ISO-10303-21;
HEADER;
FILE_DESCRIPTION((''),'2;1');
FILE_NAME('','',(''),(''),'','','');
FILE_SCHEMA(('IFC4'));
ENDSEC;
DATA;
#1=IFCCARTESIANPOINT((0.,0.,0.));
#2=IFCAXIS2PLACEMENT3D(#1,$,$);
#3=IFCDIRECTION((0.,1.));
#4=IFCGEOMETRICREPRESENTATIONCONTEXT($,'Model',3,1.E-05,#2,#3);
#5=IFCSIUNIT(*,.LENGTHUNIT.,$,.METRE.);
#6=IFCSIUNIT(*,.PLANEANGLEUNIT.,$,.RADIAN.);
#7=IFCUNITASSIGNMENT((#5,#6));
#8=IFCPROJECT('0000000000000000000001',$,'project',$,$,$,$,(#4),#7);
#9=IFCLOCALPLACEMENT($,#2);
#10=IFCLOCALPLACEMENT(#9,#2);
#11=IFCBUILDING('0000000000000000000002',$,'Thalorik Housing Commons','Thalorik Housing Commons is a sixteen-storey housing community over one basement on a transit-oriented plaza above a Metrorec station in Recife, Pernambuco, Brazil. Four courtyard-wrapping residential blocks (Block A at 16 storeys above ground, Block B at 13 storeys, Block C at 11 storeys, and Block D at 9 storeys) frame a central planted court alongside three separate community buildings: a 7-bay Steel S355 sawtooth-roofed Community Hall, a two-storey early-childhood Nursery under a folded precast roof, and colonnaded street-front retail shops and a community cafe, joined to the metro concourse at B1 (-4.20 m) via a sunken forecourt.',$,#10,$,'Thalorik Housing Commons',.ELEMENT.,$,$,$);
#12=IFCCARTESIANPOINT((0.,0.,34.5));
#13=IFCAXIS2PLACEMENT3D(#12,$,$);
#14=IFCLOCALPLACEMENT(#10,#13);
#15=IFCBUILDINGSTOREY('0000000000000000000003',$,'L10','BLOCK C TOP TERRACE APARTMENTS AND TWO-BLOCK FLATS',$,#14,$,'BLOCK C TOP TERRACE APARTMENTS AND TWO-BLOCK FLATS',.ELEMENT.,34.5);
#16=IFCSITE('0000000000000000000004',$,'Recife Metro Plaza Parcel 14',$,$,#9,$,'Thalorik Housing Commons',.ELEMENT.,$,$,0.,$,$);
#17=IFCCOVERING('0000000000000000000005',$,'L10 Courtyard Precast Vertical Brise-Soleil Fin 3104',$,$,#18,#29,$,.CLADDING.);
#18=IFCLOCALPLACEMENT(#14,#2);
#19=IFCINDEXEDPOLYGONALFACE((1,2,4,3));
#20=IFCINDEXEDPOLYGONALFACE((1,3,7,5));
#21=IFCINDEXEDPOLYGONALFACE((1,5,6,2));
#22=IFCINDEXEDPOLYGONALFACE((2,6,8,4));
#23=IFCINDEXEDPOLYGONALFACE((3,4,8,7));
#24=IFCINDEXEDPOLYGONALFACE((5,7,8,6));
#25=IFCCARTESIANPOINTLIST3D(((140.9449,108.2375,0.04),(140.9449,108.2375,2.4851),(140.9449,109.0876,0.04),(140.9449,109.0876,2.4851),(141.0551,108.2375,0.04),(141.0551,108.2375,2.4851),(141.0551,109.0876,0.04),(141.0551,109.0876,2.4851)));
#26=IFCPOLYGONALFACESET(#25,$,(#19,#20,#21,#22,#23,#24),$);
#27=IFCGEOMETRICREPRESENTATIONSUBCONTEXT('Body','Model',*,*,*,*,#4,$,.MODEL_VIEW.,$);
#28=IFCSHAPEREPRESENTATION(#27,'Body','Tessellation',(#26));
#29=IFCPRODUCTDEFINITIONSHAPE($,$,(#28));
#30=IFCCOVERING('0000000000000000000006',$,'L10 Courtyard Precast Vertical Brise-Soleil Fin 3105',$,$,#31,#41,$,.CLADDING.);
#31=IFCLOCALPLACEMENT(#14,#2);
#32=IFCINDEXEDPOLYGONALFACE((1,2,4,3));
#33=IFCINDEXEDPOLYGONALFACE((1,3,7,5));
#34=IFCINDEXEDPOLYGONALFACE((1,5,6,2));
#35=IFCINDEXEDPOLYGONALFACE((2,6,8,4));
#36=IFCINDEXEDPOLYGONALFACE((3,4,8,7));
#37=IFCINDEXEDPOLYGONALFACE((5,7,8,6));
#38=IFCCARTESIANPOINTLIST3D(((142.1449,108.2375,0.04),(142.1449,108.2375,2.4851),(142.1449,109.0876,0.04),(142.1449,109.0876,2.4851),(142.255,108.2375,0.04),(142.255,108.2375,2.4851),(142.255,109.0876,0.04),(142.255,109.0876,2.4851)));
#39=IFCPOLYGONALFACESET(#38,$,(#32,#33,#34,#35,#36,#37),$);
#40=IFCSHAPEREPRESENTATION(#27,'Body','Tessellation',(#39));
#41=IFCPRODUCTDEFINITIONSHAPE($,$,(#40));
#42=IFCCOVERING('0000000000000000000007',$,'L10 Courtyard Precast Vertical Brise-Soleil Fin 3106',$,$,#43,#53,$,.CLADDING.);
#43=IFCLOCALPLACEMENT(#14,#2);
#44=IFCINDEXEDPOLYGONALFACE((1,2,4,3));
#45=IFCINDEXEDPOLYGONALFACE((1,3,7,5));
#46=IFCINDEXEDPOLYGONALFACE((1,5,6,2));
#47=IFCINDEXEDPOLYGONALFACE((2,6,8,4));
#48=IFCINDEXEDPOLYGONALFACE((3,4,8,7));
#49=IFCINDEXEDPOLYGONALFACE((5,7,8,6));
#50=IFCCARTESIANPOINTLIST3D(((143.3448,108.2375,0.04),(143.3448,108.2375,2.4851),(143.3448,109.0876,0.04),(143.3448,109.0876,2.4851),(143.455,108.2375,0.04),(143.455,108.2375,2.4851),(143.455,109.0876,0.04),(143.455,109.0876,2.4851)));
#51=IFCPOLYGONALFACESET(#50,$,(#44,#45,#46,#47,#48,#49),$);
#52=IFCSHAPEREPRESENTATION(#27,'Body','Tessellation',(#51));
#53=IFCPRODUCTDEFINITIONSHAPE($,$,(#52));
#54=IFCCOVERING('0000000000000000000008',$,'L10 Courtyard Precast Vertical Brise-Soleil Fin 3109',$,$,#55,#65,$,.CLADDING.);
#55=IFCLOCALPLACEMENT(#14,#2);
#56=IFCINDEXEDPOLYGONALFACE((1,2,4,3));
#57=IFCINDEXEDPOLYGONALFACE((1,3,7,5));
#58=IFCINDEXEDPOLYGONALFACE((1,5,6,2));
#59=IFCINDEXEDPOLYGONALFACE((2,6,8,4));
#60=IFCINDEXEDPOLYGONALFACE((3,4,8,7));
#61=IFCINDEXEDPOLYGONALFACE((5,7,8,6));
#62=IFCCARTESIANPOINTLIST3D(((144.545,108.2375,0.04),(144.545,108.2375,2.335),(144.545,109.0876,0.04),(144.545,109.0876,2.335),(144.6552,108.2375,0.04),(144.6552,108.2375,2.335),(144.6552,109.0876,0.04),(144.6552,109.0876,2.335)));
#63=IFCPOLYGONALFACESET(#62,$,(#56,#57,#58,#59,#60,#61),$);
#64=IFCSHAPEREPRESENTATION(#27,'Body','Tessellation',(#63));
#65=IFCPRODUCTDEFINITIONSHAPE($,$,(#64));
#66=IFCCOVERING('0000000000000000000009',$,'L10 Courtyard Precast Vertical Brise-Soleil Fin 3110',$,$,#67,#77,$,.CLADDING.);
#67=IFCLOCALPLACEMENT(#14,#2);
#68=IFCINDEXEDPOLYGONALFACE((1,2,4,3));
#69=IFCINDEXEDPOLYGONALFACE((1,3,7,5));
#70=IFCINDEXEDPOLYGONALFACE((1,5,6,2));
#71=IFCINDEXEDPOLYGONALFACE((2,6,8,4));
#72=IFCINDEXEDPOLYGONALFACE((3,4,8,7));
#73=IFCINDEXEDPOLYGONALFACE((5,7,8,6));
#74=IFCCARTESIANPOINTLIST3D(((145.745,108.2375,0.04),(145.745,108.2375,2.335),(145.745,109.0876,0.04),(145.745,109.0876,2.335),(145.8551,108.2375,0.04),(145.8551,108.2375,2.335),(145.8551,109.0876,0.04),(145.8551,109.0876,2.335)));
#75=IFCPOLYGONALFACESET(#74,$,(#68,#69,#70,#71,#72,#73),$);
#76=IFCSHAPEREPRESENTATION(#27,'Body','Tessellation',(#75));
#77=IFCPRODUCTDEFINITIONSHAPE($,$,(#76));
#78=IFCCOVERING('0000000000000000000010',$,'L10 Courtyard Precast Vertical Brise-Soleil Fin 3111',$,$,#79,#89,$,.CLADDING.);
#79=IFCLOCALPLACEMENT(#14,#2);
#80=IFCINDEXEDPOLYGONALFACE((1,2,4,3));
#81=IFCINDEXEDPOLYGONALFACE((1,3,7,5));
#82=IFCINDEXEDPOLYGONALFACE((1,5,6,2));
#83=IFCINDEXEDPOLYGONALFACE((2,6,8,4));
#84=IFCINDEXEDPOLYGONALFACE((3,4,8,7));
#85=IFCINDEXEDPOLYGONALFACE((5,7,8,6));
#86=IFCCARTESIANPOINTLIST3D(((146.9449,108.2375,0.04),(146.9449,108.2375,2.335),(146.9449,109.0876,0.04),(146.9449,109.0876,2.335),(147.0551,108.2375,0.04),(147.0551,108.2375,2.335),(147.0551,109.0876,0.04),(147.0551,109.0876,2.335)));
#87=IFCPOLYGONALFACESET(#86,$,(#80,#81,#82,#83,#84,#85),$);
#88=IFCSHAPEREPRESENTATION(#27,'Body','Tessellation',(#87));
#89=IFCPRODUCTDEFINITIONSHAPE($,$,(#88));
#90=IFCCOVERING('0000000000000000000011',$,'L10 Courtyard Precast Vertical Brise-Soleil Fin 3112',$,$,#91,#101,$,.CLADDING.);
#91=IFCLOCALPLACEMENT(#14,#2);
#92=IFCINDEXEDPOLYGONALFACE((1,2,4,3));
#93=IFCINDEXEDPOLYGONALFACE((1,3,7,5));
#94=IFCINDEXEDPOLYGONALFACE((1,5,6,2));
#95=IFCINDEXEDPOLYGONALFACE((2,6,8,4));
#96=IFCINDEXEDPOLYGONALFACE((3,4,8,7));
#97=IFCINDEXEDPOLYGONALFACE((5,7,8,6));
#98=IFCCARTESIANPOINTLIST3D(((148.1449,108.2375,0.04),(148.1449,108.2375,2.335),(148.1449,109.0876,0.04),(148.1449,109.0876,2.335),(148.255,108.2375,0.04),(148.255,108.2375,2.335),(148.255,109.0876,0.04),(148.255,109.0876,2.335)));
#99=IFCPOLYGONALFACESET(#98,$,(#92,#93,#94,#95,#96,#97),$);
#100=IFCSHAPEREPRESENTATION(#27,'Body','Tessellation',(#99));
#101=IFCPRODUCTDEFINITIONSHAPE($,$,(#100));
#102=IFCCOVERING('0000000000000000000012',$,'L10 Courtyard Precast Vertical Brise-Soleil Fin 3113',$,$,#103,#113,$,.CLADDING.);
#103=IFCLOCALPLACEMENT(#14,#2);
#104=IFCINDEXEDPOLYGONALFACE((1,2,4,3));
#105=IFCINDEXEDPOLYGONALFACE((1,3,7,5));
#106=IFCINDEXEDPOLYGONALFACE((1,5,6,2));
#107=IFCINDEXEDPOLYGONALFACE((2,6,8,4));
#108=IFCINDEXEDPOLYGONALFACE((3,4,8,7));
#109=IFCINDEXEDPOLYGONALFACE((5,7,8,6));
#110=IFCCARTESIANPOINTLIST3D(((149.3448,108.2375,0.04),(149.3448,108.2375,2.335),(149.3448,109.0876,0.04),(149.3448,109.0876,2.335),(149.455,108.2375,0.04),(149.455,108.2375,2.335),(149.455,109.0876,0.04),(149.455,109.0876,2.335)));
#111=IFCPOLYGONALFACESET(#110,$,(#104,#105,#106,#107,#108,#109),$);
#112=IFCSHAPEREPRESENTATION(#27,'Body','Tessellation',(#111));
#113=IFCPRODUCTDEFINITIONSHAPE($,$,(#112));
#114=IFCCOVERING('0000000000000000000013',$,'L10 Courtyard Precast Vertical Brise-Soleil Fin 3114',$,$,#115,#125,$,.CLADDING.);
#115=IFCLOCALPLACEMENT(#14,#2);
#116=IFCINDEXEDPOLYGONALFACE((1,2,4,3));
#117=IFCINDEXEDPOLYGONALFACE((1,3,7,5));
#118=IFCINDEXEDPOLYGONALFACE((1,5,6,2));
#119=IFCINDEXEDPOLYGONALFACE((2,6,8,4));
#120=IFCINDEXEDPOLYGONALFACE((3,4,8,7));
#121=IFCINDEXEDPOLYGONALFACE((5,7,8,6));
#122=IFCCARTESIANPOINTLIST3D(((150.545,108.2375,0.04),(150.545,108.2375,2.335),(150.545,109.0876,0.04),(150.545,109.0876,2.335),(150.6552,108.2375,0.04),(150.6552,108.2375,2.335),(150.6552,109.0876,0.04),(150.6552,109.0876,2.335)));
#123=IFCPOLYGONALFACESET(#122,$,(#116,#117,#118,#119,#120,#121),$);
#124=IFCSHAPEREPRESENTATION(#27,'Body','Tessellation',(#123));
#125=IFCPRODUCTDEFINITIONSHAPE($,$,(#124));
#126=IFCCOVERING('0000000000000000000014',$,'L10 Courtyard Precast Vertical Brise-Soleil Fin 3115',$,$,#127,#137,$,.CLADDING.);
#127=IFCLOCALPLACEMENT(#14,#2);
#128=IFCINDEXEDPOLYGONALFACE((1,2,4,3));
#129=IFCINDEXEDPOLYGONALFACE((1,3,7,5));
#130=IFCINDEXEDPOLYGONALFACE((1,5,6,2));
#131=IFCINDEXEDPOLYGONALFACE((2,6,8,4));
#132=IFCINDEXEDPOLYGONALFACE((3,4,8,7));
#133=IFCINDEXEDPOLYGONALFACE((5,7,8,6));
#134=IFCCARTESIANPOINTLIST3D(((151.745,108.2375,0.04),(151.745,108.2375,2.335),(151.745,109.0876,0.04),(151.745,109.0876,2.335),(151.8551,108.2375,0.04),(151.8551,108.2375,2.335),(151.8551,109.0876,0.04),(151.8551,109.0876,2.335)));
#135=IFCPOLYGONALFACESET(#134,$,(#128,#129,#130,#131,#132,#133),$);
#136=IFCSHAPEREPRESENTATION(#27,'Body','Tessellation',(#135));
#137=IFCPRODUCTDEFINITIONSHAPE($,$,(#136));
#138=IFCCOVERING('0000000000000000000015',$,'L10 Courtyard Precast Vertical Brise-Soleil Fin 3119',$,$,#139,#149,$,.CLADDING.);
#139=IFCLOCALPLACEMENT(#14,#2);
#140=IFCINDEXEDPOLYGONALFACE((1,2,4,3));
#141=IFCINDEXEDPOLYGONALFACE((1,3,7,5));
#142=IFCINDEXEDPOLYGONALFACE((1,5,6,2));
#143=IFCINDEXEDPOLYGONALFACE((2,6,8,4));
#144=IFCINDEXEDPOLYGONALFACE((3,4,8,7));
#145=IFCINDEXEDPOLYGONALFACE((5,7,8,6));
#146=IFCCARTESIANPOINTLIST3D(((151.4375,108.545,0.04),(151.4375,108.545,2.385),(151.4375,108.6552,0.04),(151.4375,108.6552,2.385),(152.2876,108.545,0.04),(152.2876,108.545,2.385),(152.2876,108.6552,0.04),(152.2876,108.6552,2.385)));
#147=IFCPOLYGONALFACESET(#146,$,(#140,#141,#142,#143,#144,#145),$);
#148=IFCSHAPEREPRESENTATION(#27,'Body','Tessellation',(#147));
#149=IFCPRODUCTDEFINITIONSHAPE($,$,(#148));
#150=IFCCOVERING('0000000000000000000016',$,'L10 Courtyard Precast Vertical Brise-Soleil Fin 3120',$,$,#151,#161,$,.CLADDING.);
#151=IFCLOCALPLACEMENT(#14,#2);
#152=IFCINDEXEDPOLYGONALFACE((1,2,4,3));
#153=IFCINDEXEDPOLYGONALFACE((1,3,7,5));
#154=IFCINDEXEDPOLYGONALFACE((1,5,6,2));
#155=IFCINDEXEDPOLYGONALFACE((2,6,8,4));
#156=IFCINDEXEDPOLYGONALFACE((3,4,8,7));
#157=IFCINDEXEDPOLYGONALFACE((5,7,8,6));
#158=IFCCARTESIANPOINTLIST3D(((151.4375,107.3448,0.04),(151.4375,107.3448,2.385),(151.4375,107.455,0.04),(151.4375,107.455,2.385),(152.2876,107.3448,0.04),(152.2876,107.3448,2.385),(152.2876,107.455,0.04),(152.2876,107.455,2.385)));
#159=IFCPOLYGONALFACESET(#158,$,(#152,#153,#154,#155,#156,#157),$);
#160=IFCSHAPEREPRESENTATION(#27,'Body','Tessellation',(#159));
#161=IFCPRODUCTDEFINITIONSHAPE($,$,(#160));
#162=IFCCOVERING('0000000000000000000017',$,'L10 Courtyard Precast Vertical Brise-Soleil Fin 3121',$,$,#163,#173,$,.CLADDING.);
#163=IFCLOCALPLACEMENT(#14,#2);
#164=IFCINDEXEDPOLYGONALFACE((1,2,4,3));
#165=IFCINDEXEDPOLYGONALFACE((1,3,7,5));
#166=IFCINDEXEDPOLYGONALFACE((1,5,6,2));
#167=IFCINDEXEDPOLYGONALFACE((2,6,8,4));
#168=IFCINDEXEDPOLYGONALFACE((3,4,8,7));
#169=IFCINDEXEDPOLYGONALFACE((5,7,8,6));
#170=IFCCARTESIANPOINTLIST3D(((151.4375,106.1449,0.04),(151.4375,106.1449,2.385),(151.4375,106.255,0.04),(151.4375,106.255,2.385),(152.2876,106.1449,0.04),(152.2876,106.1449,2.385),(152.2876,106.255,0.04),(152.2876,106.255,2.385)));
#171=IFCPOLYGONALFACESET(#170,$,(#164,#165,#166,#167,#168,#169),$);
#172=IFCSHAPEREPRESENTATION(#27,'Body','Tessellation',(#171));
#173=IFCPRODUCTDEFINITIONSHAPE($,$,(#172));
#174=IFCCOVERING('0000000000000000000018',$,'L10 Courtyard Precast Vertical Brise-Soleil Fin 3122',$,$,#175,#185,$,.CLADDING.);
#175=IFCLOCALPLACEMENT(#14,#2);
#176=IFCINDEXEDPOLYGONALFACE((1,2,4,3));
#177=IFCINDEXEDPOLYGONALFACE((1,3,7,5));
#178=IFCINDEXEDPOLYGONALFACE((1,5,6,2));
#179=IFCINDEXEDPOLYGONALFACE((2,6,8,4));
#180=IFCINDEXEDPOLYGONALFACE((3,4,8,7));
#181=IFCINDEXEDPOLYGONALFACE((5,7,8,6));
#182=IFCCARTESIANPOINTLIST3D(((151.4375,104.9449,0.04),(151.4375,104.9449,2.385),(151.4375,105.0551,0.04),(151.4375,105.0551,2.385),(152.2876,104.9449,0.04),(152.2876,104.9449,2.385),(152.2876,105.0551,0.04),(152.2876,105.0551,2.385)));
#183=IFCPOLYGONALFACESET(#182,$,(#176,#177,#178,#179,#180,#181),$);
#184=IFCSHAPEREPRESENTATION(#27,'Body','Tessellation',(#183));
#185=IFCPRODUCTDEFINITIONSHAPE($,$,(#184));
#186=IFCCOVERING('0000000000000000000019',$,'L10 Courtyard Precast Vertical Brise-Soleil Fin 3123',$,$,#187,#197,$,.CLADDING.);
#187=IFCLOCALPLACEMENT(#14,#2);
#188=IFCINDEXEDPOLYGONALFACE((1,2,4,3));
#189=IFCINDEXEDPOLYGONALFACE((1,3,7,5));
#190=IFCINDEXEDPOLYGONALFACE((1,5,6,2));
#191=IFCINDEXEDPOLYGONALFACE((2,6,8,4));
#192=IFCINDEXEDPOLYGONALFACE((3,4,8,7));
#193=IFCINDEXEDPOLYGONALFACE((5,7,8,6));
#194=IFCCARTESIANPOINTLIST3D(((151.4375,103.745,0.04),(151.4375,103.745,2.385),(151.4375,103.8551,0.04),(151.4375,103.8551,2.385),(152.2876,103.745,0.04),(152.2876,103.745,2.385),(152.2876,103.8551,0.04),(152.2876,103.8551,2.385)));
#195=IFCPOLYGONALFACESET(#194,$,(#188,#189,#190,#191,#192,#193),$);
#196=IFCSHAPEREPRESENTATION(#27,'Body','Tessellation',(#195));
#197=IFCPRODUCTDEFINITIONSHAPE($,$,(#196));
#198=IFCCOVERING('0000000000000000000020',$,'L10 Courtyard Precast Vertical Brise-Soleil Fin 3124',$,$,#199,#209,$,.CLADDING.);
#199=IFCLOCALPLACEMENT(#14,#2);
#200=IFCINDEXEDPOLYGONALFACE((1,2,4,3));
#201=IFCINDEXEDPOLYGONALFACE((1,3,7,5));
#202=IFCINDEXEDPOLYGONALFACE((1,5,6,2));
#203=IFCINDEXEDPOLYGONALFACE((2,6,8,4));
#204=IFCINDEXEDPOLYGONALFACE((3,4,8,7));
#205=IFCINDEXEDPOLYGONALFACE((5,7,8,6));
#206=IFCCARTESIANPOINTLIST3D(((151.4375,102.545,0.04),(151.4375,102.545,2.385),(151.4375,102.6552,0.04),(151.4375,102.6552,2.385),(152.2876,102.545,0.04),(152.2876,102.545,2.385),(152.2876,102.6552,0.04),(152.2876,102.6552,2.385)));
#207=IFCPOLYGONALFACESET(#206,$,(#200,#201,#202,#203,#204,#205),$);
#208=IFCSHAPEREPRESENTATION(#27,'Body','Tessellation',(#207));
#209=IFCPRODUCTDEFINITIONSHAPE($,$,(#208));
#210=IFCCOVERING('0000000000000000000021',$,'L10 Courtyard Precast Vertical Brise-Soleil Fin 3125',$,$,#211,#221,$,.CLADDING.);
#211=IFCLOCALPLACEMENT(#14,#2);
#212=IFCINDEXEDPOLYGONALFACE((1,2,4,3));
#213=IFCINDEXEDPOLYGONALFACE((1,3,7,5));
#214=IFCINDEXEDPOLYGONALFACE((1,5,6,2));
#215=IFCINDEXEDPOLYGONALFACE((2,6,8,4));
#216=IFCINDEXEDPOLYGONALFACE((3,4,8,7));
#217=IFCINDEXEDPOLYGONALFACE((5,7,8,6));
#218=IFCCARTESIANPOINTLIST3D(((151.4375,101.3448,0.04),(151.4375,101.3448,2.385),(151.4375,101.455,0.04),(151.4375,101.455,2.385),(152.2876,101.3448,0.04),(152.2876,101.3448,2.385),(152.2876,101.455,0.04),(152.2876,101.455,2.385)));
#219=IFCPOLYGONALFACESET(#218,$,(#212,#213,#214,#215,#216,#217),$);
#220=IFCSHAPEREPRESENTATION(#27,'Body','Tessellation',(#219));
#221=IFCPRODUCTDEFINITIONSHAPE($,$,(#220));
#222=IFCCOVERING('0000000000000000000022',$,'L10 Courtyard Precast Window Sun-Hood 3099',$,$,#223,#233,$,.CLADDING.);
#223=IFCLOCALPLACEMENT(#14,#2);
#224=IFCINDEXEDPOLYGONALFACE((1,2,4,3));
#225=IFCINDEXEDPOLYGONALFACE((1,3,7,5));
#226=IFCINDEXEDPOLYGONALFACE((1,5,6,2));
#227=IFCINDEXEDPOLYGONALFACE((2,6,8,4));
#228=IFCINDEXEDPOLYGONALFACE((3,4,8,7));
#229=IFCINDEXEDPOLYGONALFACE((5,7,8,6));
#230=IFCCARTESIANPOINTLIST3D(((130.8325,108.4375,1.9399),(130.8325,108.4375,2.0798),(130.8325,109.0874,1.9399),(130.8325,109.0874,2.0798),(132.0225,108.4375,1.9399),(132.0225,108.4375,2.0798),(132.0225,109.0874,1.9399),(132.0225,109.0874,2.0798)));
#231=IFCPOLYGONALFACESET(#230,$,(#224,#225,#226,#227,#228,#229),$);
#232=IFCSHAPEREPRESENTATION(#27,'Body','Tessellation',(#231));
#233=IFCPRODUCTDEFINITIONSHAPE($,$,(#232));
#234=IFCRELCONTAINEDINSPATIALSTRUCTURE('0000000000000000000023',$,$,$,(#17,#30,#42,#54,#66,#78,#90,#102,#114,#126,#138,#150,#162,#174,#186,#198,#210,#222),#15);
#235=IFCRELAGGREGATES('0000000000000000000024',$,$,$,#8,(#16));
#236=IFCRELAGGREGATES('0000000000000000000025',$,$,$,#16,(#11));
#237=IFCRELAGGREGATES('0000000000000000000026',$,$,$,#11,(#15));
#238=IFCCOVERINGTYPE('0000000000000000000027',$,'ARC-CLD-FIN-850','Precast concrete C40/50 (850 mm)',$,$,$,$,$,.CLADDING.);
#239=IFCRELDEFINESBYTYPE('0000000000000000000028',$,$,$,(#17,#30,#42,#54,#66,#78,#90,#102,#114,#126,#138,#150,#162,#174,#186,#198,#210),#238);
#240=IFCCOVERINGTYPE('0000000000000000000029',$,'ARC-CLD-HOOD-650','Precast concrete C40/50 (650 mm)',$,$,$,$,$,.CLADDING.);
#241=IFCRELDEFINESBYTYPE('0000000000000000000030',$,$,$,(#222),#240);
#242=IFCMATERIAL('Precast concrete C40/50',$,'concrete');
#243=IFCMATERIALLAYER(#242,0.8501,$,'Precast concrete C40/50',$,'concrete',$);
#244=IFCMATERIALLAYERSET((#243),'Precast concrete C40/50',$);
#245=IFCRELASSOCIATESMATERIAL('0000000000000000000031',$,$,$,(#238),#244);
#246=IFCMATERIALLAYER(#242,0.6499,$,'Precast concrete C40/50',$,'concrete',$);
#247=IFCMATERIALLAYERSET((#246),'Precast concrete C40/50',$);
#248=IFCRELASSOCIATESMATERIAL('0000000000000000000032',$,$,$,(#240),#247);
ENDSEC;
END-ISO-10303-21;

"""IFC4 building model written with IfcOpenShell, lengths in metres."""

from ifc_helpers import new_model, si_unit, direction, frame, origin, origin_2d, place, context, subcontext, project, spatial, rectangle, extrude, material, layer, layer_set, type_object, element, save


model = new_model("IFC4")

# Units and contexts
model_context = context("Model", 3, precision=1e-05, world=origin(), true_north=direction((0.0, 1.0)))
body_context = subcontext(model_context, "Body", "Model", "MODEL_VIEW")
ifc_project = project(units=[si_unit("LENGTHUNIT", "METRE"), si_unit("PLANEANGLEUNIT", "RADIAN")], contexts=[model_context])

# Site, building, storey
site_placement = place(None, origin())
site = spatial("IfcSite", under=ifc_project, at=site_placement, Name="Recife Metro Plaza Parcel 14", LongName="Thalorik Housing Commons", CompositionType="ELEMENT", RefElevation=0.0)
building_placement = place(site_placement, origin())
building = spatial("IfcBuilding", under=site, at=building_placement, Name="Thalorik Housing Commons", Description="Thalorik Housing Commons is a sixteen-storey housing community over one basement on a transit-oriented plaza above a Metrorec station in Recife, Pernambuco, Brazil. Four courtyard-wrapping residential blocks (Block A at 16 storeys above ground, Block B at 13 storeys, Block C at 11 storeys, and Block D at 9 storeys) frame a central planted court alongside three separate community buildings: a 7-bay Steel S355 sawtooth-roofed Community Hall, a two-storey early-childhood Nursery under a folded precast roof, and colonnaded street-front retail shops and a community cafe, joined to the metro concourse at B1 (-4.20 m) via a sunken forecourt.", LongName="Thalorik Housing Commons", CompositionType="ELEMENT")
storey_placement = place(building_placement, frame((0.0, 0.0, 34.5)))
storey = spatial("IfcBuildingStorey", under=building, at=storey_placement, Name="L10", Description="BLOCK C TOP TERRACE APARTMENTS AND TWO-BLOCK FLATS", LongName="BLOCK C TOP TERRACE APARTMENTS AND TWO-BLOCK FLATS", CompositionType="ELEMENT", Elevation=34.5)

# Coverings
ifc_material_1 = material(Name="Precast concrete C40/50", Category="concrete")
ifc_layer_1 = layer(ifc_material_1, 0.8501, Name="Precast concrete C40/50", Category="concrete")
ifc_layer_set_1 = layer_set([ifc_layer_1], Name="Precast concrete C40/50")
covering_type_1 = type_object("IfcCoveringType", Name="ARC-CLD-FIN-850", Description="Precast concrete C40/50 (850 mm)", PredefinedType="CLADDING", material=ifc_layer_set_1)
for number, where, z_axis, x_axis, name in (
    (1, (141.0, 108.6626, 0.04), (0.0, 0.0, 1.0), (1.0, 0.0, 0.0), "L10 Courtyard Precast Vertical Brise-Soleil Fin 3104"),
    (2, (142.2, 108.6626, 0.04), (0.0, 0.0, 1.0), (1.0, 0.0, 0.0), "L10 Courtyard Precast Vertical Brise-Soleil Fin 3105"),
    (3, (143.3999, 108.6626, 0.04), (0.0, 0.0, 1.0), (1.0, 0.0, 0.0), "L10 Courtyard Precast Vertical Brise-Soleil Fin 3106"),
):
    element("IfcCovering", number, at=place(storey_placement, frame(where, z_axis=z_axis, x_axis=x_axis)), inside=storey, type_object=covering_type_1, Name=name, PredefinedType="CLADDING", context=body_context, shape_type="SweptSolid", body=[
        extrude(rectangle(XDim=0.1101, YDim=0.8501, at=origin_2d()), origin(), (0.0, 0.0, 1.0), 2.4451),
    ])
for number, where, z_axis, x_axis, name in (
    (4, (144.6001, 108.6626, 0.04), (0.0, 0.0, 1.0), (1.0, 0.0, 0.0), "L10 Courtyard Precast Vertical Brise-Soleil Fin 3109"),
    (5, (145.8, 108.6626, 0.04), (0.0, 0.0, 1.0), (1.0, 0.0, 0.0), "L10 Courtyard Precast Vertical Brise-Soleil Fin 3110"),
    (6, (147.0, 108.6626, 0.04), (0.0, 0.0, 1.0), (1.0, 0.0, 0.0), "L10 Courtyard Precast Vertical Brise-Soleil Fin 3111"),
    (7, (148.2, 108.6626, 0.04), (0.0, 0.0, 1.0), (1.0, 0.0, 0.0), "L10 Courtyard Precast Vertical Brise-Soleil Fin 3112"),
    (8, (149.3999, 108.6626, 0.04), (0.0, 0.0, 1.0), (1.0, 0.0, 0.0), "L10 Courtyard Precast Vertical Brise-Soleil Fin 3113"),
    (9, (150.6001, 108.6626, 0.04), (0.0, 0.0, 1.0), (1.0, 0.0, 0.0), "L10 Courtyard Precast Vertical Brise-Soleil Fin 3114"),
    (10, (151.8, 108.6626, 0.04), (0.0, 0.0, 1.0), (1.0, 0.0, 0.0), "L10 Courtyard Precast Vertical Brise-Soleil Fin 3115"),
):
    element("IfcCovering", number, at=place(storey_placement, frame(where, z_axis=z_axis, x_axis=x_axis)), inside=storey, type_object=covering_type_1, Name=name, PredefinedType="CLADDING", context=body_context, shape_type="SweptSolid", body=[
        extrude(rectangle(XDim=0.1101, YDim=0.8501, at=origin_2d()), origin(), (0.0, 0.0, 1.0), 2.2949),
    ])
for number, where, z_axis, x_axis, name in (
    (11, (151.8625, 108.6001, 0.04), (0.0, 0.0, 1.0), (0.0, -1.0, 0.0), "L10 Courtyard Precast Vertical Brise-Soleil Fin 3119"),
    (12, (151.8625, 107.3999, 0.04), (0.0, 0.0, 1.0), (0.0, -1.0, 0.0), "L10 Courtyard Precast Vertical Brise-Soleil Fin 3120"),
    (13, (151.8625, 106.2, 0.04), (0.0, 0.0, 1.0), (0.0, -1.0, 0.0), "L10 Courtyard Precast Vertical Brise-Soleil Fin 3121"),
    (14, (151.8625, 105.0, 0.04), (0.0, 0.0, 1.0), (0.0, -1.0, 0.0), "L10 Courtyard Precast Vertical Brise-Soleil Fin 3122"),
    (15, (151.8625, 103.8, 0.04), (0.0, 0.0, 1.0), (0.0, -1.0, 0.0), "L10 Courtyard Precast Vertical Brise-Soleil Fin 3123"),
    (16, (151.8625, 102.6001, 0.04), (0.0, 0.0, 1.0), (0.0, -1.0, 0.0), "L10 Courtyard Precast Vertical Brise-Soleil Fin 3124"),
    (17, (151.8625, 101.3999, 0.04), (0.0, 0.0, 1.0), (0.0, -1.0, 0.0), "L10 Courtyard Precast Vertical Brise-Soleil Fin 3125"),
):
    element("IfcCovering", number, at=place(storey_placement, frame(where, z_axis=z_axis, x_axis=x_axis)), inside=storey, type_object=covering_type_1, Name=name, PredefinedType="CLADDING", context=body_context, shape_type="SweptSolid", body=[
        extrude(rectangle(XDim=0.1101, YDim=0.8501, at=origin_2d()), origin(), (0.0, 0.0, 1.0), 2.345),
    ])
ifc_layer_2 = layer(ifc_material_1, 0.6499, Name="Precast concrete C40/50", Category="concrete")
ifc_layer_set_2 = layer_set([ifc_layer_2], Name="Precast concrete C40/50")
covering_type_2 = type_object("IfcCoveringType", Name="ARC-CLD-HOOD-650", Description="Precast concrete C40/50 (650 mm)", PredefinedType="CLADDING", material=ifc_layer_set_2)
covering_1_placement = place(storey_placement, frame((131.4275, 108.7625, 1.9399), z_axis=(0.0, 0.0, 1.0), x_axis=(1.0, 0.0, 0.0)))
element("IfcCovering", 18, at=covering_1_placement, inside=storey, type_object=covering_type_2, Name="L10 Courtyard Precast Window Sun-Hood 3099", PredefinedType="CLADDING", context=body_context, shape_type="SweptSolid", body=[
    extrude(rectangle(XDim=1.1899, YDim=0.6499, at=origin_2d()), origin(), (0.0, 0.0, 1.0), 0.1399),
])

save(model, "model.ifc")
